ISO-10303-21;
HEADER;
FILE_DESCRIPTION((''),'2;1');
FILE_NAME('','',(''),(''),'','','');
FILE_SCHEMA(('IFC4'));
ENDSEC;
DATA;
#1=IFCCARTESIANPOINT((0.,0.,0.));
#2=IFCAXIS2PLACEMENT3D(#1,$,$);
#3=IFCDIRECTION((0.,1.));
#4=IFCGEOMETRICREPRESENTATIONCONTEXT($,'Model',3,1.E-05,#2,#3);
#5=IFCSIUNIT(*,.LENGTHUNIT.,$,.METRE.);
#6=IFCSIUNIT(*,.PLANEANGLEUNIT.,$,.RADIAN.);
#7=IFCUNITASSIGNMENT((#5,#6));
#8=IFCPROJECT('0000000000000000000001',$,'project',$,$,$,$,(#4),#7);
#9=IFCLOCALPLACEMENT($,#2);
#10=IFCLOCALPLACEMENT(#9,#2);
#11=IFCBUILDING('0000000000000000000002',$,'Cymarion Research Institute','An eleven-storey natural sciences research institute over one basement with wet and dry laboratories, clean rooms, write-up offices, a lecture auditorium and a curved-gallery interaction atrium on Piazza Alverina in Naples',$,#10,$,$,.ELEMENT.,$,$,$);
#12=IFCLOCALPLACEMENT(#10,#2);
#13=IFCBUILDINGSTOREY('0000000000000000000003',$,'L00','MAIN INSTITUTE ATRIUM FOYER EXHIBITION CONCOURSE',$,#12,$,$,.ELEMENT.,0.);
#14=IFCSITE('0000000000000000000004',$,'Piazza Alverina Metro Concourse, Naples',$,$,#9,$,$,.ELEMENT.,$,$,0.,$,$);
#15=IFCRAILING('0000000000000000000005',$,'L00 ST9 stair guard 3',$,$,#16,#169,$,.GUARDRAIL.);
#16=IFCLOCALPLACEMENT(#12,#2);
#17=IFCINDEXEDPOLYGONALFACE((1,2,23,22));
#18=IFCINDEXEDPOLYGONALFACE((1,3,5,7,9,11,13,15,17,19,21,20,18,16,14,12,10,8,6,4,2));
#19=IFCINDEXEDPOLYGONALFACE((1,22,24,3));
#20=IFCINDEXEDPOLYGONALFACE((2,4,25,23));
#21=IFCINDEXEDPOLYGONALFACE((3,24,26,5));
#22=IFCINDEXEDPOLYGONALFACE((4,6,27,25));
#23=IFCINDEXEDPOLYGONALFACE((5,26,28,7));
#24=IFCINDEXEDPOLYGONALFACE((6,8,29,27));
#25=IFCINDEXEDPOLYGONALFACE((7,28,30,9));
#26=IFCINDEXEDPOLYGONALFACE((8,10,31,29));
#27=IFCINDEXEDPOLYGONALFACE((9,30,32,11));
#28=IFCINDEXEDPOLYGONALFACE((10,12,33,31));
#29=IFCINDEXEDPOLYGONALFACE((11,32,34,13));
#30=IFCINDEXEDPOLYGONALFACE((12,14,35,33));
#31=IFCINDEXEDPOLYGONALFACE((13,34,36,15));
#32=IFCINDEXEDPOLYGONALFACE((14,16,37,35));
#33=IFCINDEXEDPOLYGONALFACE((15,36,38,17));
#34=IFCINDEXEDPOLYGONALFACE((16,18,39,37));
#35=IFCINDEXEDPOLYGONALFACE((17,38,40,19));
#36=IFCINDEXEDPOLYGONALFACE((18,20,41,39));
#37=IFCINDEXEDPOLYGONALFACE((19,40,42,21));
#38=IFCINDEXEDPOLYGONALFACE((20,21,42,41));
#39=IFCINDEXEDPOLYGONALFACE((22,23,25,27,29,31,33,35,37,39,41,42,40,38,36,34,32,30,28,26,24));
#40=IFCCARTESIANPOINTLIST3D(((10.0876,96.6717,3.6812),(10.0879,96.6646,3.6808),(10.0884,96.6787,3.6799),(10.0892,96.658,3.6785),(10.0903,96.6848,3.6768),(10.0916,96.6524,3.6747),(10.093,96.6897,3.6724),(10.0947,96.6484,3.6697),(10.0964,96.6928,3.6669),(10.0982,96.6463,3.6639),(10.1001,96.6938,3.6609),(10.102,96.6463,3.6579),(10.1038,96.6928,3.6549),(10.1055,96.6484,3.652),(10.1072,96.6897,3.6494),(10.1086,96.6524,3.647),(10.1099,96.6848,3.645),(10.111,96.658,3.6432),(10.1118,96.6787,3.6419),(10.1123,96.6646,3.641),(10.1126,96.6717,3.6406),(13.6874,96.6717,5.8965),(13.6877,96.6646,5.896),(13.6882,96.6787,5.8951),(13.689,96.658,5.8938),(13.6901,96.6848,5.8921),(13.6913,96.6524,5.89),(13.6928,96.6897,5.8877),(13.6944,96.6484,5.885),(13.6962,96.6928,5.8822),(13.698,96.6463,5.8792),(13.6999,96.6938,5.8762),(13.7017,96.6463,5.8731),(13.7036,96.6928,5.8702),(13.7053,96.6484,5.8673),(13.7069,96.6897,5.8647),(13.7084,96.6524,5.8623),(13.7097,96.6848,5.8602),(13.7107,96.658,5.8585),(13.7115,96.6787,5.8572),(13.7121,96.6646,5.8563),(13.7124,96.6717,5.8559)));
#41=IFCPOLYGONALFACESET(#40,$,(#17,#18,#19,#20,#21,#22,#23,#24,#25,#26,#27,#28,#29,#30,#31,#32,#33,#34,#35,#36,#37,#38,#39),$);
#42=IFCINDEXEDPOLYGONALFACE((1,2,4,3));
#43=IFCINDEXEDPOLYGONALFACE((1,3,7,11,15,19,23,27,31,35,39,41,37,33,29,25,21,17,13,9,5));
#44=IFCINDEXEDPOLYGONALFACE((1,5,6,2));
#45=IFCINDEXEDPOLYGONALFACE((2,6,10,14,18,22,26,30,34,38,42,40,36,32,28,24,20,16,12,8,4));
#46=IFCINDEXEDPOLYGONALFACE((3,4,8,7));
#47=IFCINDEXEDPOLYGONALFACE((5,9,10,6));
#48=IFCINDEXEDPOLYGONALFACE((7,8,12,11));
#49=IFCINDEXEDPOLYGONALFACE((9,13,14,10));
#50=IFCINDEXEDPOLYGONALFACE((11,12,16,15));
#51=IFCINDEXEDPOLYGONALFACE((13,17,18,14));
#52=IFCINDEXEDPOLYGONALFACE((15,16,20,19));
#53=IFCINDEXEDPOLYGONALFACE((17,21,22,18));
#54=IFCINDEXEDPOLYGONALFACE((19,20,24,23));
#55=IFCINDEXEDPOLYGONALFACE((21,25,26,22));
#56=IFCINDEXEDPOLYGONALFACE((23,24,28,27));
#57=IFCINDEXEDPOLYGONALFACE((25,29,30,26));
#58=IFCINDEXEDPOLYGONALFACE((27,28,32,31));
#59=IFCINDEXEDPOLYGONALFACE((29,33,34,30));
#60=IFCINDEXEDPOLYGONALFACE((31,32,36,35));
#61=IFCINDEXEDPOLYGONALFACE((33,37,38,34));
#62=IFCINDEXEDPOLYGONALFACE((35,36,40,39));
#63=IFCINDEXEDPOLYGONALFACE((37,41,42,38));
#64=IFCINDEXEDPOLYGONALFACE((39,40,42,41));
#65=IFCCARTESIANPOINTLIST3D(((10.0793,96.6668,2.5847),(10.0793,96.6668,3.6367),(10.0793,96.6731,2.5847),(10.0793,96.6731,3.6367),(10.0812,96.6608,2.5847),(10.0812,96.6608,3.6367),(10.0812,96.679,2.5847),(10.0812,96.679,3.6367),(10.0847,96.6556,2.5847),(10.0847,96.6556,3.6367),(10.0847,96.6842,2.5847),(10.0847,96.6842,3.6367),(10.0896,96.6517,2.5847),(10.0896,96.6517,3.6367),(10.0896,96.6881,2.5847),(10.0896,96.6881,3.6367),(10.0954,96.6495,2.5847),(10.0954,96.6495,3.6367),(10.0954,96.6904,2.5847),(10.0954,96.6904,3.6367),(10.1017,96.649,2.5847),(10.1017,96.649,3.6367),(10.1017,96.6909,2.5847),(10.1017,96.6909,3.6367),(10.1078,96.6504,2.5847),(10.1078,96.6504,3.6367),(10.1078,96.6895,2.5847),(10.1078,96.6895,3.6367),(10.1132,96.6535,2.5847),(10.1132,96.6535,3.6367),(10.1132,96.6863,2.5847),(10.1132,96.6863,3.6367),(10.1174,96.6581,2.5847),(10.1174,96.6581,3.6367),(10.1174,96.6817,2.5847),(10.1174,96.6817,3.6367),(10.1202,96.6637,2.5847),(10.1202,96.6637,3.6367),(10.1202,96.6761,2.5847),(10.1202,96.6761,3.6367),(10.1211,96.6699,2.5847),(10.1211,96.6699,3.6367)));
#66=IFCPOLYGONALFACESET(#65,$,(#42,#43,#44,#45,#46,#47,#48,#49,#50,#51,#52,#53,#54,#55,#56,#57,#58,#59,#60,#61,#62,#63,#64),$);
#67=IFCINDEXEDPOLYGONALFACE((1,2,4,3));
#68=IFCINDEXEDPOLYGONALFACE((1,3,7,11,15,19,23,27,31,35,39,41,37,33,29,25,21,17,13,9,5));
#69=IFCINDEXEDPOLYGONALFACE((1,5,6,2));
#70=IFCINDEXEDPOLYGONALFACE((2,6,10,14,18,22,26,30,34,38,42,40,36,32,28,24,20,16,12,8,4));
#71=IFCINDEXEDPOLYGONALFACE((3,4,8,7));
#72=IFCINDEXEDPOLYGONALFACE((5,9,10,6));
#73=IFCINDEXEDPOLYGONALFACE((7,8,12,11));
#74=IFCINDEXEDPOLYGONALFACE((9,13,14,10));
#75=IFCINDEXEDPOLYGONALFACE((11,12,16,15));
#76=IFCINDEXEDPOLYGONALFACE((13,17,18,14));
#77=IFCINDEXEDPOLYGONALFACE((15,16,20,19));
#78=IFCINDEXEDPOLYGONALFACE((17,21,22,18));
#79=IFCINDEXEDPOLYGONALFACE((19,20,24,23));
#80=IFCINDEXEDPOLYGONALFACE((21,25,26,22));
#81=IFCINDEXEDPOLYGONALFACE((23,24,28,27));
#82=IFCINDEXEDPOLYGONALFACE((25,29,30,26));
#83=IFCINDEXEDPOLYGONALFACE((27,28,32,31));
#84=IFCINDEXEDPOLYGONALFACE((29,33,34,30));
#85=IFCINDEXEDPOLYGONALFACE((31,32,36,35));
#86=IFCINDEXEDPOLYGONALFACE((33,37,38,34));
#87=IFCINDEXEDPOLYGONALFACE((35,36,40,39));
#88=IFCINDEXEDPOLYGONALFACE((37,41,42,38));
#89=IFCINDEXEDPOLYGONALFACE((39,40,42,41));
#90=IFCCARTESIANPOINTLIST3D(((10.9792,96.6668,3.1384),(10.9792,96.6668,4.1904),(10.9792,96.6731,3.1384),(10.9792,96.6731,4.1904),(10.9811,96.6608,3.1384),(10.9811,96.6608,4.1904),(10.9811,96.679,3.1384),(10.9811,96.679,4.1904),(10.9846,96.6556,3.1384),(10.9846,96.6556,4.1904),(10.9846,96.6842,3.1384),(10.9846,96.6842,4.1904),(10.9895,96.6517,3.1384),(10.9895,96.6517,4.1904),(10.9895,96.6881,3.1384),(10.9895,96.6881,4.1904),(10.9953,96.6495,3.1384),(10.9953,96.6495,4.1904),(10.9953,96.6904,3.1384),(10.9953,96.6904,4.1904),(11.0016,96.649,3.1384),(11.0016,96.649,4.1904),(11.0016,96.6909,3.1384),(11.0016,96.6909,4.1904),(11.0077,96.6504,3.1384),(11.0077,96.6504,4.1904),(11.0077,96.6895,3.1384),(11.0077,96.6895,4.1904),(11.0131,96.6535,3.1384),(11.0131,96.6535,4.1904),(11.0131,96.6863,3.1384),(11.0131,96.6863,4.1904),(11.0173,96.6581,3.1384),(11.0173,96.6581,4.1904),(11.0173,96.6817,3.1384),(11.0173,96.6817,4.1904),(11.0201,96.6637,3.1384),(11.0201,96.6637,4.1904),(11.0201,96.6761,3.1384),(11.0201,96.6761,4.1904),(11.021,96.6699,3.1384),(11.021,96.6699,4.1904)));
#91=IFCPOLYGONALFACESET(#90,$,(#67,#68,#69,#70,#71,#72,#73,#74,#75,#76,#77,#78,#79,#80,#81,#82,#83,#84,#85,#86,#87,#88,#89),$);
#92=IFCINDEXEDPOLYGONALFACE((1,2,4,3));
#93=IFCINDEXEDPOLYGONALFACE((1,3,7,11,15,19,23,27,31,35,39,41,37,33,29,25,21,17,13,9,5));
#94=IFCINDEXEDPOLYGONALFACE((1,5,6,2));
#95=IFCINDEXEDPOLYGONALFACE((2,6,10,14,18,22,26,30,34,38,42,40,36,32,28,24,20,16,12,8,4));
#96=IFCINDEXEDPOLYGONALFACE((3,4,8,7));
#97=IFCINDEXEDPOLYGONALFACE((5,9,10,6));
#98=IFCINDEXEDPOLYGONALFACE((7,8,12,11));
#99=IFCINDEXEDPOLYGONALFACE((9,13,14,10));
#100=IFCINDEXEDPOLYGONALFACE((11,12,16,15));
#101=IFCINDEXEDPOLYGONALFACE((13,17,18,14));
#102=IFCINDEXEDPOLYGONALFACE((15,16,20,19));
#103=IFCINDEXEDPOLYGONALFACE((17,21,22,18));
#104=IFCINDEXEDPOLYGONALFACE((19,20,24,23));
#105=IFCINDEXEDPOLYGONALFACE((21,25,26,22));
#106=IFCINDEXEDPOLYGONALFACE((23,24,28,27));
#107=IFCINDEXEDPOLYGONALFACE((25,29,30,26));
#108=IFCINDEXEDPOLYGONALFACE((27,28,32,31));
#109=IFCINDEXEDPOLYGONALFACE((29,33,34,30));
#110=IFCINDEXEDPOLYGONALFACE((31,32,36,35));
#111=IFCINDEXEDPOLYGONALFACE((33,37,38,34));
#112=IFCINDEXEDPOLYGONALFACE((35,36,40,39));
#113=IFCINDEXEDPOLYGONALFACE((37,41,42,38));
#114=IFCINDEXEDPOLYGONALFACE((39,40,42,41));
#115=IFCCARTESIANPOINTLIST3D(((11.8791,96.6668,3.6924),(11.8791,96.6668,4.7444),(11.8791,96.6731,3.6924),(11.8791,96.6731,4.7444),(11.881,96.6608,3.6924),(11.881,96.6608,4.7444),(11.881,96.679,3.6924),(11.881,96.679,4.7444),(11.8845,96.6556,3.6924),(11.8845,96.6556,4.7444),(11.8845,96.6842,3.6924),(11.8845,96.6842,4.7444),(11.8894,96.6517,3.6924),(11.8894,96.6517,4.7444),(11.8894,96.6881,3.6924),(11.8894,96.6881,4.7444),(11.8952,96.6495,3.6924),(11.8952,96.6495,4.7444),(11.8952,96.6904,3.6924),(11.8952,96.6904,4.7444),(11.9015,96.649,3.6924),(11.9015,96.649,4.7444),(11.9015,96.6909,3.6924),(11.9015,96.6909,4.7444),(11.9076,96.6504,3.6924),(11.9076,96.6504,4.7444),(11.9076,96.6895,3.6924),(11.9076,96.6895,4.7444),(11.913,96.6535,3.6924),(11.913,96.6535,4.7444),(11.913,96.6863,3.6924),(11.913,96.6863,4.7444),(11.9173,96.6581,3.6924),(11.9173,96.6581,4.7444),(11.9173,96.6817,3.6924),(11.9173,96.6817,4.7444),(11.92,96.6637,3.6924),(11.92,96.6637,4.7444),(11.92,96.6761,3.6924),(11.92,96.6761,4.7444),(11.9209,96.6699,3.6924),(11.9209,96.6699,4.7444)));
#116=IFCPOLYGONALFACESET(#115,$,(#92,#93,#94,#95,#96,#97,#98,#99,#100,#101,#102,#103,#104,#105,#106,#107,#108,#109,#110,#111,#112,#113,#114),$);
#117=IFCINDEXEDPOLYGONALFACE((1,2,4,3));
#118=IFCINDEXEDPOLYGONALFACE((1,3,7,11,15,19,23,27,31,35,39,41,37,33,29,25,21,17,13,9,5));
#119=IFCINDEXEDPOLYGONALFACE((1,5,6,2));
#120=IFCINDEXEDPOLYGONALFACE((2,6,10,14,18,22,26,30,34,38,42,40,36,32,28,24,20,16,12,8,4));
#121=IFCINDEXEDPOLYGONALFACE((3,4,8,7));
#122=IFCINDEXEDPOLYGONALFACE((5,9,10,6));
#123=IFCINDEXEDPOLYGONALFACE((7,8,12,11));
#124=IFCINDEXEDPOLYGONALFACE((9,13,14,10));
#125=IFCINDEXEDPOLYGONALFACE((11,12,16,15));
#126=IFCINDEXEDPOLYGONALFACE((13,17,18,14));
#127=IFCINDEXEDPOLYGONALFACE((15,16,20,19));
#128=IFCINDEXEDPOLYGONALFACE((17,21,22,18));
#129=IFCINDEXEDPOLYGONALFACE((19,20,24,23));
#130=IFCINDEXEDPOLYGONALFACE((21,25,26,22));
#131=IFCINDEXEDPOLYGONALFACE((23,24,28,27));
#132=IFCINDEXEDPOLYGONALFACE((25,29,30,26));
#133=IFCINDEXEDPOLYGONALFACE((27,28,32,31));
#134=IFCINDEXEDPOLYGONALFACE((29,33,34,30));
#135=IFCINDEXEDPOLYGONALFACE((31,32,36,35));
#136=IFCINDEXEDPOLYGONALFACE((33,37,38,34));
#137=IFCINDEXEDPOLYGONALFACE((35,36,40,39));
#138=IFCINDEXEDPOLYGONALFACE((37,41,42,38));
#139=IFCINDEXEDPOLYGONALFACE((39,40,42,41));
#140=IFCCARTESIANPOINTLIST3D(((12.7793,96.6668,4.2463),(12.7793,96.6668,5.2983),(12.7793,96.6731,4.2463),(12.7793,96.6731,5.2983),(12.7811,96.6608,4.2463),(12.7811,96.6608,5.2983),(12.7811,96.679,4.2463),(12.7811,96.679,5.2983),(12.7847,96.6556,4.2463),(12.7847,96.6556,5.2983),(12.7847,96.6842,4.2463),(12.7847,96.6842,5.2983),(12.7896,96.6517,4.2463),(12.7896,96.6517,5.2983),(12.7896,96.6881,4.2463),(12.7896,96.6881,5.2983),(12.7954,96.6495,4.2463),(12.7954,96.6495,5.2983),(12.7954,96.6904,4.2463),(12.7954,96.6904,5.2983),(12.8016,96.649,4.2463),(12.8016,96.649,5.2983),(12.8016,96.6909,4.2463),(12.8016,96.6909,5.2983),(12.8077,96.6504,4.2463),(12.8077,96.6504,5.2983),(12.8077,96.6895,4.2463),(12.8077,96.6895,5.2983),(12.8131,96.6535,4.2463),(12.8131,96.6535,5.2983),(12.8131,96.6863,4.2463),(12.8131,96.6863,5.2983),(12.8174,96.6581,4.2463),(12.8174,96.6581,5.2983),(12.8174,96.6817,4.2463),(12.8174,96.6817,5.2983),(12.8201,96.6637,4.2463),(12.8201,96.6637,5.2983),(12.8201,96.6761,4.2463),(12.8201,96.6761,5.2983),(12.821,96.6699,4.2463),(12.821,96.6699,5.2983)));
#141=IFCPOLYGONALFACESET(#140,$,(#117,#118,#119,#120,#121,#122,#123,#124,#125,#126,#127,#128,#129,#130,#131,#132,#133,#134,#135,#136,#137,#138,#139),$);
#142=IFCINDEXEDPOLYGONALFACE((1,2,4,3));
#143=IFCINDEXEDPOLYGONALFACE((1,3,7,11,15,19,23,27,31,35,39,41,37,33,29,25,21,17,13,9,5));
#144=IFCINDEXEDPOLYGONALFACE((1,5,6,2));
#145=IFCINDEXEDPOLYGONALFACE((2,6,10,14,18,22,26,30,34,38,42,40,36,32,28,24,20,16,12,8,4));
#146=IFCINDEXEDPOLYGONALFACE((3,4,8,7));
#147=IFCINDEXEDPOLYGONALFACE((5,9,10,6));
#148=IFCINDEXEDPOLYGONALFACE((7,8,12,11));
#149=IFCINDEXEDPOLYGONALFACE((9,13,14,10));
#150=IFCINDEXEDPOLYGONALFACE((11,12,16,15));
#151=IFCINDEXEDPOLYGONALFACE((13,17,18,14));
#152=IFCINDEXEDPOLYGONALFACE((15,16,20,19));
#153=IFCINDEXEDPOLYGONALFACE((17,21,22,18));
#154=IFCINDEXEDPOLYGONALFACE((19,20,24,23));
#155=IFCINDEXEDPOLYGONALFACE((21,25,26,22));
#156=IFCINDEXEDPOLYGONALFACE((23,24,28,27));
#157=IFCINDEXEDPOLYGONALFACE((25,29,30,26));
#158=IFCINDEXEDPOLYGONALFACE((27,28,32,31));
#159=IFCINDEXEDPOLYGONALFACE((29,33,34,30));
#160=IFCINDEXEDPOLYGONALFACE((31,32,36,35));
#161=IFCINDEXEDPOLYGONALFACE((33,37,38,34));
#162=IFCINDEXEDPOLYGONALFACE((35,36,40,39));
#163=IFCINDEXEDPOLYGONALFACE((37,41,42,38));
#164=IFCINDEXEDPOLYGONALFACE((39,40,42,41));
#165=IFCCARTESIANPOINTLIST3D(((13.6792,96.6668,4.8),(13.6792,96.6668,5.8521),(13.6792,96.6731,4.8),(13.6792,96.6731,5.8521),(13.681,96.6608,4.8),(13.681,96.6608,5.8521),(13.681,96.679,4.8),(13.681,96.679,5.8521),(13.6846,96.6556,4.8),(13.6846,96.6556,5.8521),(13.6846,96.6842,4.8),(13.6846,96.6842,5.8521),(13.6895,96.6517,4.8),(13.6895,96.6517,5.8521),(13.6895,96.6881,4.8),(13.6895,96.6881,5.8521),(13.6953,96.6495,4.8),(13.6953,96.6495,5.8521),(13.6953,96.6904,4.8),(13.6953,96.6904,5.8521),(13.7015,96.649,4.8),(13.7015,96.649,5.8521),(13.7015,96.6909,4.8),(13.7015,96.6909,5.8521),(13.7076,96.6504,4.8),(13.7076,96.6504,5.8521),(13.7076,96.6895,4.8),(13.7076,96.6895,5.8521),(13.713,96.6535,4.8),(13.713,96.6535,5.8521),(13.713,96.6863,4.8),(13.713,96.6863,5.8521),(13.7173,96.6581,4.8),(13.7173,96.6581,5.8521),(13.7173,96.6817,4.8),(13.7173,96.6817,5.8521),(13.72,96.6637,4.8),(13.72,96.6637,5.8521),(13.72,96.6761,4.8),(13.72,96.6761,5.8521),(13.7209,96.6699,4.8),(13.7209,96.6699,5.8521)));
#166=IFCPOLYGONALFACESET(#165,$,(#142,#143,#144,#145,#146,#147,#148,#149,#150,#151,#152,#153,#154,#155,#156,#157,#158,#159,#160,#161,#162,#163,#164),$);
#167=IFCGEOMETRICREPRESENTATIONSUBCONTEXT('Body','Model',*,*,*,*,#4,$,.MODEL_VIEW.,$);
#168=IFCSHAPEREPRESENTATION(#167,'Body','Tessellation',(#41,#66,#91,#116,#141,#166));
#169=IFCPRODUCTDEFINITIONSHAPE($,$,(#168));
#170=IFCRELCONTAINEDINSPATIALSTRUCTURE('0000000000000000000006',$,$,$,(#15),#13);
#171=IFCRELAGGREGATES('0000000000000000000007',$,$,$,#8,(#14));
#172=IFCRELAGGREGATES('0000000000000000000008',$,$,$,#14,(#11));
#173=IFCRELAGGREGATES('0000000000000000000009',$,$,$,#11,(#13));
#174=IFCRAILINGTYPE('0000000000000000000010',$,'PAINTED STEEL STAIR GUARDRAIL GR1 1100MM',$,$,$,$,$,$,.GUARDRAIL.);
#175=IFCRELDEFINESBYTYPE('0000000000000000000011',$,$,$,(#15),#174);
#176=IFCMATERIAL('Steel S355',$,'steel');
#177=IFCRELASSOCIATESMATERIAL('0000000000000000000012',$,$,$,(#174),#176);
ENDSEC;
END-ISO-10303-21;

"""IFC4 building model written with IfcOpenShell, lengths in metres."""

from ifc_helpers import new_model, si_unit, direction, frame, origin, origin_2d, place, context, subcontext, project, spatial, circle, extrude, material, type_object, element, save


model = new_model("IFC4")

# Units and contexts
model_context = context("Model", 3, precision=1e-05, world=origin(), true_north=direction((0.0, 1.0)))
body_context = subcontext(model_context, "Body", "Model", "MODEL_VIEW")
ifc_project = project(units=[si_unit("LENGTHUNIT", "METRE"), si_unit("PLANEANGLEUNIT", "RADIAN")], contexts=[model_context])

# Site, building, storey
site_placement = place(None, origin())
site = spatial("IfcSite", under=ifc_project, at=site_placement, Name="Piazza Alverina Metro Concourse, Naples", CompositionType="ELEMENT", RefElevation=0.0)
building_placement = place(site_placement, origin())
building = spatial("IfcBuilding", under=site, at=building_placement, Name="Cymarion Research Institute", Description="An eleven-storey natural sciences research institute over one basement with wet and dry laboratories, clean rooms, write-up offices, a lecture auditorium and a curved-gallery interaction atrium on Piazza Alverina in Naples", CompositionType="ELEMENT")
storey_placement = place(building_placement, origin())
storey = spatial("IfcBuildingStorey", under=building, at=storey_placement, Name="L00", Description="MAIN INSTITUTE ATRIUM FOYER EXHIBITION CONCOURSE", CompositionType="ELEMENT", Elevation=0.0)

# Shared definitions
ifc_material_1 = material(Name="Steel S355", Category="steel")

# Railing
railing_type_1 = type_object("IfcRailingType", Name="PAINTED STEEL STAIR GUARDRAIL GR1 1100MM", PredefinedType="GUARDRAIL", material=ifc_material_1)
railing_1_placement = place(storey_placement, frame((10.1001, 96.6699, 2.5847)))
element("IfcRailing", 1, at=railing_1_placement, inside=storey, type_object=railing_type_1, Name="L00 ST9 stair guard 3", PredefinedType="GUARDRAIL", context=body_context, shape_type="SweptSolid", body=[
    extrude(circle(Radius=0.0239, at=origin_2d()), frame((0.0, 0.0, 1.0762), z_axis=(0.851654, 0.0, 0.524104), x_axis=(0.0, 1.0, 0.0)), (0.0, 0.0, 1.0), 4.2268),
    extrude(circle(Radius=0.021, at=origin_2d()), origin(), (0.0, 0.0, 1.0), 1.052),
    extrude(circle(Radius=0.021, at=origin_2d()), frame((0.8999, 0.0, 0.5537)), (0.0, 0.0, 1.0), 1.052),
    extrude(circle(Radius=0.021, at=origin_2d()), frame((1.7998, 0.0, 1.1077)), (0.0, 0.0, 1.0), 1.052),
    extrude(circle(Radius=0.021, at=origin_2d()), frame((2.7, 0.0, 1.6616)), (0.0, 0.0, 1.0), 1.052),
    extrude(circle(Radius=0.021, at=origin_2d()), frame((3.5999, 0.0, 2.2153)), (0.0, 0.0, 1.0), 1.052),
])

save(model, "model.ifc")
